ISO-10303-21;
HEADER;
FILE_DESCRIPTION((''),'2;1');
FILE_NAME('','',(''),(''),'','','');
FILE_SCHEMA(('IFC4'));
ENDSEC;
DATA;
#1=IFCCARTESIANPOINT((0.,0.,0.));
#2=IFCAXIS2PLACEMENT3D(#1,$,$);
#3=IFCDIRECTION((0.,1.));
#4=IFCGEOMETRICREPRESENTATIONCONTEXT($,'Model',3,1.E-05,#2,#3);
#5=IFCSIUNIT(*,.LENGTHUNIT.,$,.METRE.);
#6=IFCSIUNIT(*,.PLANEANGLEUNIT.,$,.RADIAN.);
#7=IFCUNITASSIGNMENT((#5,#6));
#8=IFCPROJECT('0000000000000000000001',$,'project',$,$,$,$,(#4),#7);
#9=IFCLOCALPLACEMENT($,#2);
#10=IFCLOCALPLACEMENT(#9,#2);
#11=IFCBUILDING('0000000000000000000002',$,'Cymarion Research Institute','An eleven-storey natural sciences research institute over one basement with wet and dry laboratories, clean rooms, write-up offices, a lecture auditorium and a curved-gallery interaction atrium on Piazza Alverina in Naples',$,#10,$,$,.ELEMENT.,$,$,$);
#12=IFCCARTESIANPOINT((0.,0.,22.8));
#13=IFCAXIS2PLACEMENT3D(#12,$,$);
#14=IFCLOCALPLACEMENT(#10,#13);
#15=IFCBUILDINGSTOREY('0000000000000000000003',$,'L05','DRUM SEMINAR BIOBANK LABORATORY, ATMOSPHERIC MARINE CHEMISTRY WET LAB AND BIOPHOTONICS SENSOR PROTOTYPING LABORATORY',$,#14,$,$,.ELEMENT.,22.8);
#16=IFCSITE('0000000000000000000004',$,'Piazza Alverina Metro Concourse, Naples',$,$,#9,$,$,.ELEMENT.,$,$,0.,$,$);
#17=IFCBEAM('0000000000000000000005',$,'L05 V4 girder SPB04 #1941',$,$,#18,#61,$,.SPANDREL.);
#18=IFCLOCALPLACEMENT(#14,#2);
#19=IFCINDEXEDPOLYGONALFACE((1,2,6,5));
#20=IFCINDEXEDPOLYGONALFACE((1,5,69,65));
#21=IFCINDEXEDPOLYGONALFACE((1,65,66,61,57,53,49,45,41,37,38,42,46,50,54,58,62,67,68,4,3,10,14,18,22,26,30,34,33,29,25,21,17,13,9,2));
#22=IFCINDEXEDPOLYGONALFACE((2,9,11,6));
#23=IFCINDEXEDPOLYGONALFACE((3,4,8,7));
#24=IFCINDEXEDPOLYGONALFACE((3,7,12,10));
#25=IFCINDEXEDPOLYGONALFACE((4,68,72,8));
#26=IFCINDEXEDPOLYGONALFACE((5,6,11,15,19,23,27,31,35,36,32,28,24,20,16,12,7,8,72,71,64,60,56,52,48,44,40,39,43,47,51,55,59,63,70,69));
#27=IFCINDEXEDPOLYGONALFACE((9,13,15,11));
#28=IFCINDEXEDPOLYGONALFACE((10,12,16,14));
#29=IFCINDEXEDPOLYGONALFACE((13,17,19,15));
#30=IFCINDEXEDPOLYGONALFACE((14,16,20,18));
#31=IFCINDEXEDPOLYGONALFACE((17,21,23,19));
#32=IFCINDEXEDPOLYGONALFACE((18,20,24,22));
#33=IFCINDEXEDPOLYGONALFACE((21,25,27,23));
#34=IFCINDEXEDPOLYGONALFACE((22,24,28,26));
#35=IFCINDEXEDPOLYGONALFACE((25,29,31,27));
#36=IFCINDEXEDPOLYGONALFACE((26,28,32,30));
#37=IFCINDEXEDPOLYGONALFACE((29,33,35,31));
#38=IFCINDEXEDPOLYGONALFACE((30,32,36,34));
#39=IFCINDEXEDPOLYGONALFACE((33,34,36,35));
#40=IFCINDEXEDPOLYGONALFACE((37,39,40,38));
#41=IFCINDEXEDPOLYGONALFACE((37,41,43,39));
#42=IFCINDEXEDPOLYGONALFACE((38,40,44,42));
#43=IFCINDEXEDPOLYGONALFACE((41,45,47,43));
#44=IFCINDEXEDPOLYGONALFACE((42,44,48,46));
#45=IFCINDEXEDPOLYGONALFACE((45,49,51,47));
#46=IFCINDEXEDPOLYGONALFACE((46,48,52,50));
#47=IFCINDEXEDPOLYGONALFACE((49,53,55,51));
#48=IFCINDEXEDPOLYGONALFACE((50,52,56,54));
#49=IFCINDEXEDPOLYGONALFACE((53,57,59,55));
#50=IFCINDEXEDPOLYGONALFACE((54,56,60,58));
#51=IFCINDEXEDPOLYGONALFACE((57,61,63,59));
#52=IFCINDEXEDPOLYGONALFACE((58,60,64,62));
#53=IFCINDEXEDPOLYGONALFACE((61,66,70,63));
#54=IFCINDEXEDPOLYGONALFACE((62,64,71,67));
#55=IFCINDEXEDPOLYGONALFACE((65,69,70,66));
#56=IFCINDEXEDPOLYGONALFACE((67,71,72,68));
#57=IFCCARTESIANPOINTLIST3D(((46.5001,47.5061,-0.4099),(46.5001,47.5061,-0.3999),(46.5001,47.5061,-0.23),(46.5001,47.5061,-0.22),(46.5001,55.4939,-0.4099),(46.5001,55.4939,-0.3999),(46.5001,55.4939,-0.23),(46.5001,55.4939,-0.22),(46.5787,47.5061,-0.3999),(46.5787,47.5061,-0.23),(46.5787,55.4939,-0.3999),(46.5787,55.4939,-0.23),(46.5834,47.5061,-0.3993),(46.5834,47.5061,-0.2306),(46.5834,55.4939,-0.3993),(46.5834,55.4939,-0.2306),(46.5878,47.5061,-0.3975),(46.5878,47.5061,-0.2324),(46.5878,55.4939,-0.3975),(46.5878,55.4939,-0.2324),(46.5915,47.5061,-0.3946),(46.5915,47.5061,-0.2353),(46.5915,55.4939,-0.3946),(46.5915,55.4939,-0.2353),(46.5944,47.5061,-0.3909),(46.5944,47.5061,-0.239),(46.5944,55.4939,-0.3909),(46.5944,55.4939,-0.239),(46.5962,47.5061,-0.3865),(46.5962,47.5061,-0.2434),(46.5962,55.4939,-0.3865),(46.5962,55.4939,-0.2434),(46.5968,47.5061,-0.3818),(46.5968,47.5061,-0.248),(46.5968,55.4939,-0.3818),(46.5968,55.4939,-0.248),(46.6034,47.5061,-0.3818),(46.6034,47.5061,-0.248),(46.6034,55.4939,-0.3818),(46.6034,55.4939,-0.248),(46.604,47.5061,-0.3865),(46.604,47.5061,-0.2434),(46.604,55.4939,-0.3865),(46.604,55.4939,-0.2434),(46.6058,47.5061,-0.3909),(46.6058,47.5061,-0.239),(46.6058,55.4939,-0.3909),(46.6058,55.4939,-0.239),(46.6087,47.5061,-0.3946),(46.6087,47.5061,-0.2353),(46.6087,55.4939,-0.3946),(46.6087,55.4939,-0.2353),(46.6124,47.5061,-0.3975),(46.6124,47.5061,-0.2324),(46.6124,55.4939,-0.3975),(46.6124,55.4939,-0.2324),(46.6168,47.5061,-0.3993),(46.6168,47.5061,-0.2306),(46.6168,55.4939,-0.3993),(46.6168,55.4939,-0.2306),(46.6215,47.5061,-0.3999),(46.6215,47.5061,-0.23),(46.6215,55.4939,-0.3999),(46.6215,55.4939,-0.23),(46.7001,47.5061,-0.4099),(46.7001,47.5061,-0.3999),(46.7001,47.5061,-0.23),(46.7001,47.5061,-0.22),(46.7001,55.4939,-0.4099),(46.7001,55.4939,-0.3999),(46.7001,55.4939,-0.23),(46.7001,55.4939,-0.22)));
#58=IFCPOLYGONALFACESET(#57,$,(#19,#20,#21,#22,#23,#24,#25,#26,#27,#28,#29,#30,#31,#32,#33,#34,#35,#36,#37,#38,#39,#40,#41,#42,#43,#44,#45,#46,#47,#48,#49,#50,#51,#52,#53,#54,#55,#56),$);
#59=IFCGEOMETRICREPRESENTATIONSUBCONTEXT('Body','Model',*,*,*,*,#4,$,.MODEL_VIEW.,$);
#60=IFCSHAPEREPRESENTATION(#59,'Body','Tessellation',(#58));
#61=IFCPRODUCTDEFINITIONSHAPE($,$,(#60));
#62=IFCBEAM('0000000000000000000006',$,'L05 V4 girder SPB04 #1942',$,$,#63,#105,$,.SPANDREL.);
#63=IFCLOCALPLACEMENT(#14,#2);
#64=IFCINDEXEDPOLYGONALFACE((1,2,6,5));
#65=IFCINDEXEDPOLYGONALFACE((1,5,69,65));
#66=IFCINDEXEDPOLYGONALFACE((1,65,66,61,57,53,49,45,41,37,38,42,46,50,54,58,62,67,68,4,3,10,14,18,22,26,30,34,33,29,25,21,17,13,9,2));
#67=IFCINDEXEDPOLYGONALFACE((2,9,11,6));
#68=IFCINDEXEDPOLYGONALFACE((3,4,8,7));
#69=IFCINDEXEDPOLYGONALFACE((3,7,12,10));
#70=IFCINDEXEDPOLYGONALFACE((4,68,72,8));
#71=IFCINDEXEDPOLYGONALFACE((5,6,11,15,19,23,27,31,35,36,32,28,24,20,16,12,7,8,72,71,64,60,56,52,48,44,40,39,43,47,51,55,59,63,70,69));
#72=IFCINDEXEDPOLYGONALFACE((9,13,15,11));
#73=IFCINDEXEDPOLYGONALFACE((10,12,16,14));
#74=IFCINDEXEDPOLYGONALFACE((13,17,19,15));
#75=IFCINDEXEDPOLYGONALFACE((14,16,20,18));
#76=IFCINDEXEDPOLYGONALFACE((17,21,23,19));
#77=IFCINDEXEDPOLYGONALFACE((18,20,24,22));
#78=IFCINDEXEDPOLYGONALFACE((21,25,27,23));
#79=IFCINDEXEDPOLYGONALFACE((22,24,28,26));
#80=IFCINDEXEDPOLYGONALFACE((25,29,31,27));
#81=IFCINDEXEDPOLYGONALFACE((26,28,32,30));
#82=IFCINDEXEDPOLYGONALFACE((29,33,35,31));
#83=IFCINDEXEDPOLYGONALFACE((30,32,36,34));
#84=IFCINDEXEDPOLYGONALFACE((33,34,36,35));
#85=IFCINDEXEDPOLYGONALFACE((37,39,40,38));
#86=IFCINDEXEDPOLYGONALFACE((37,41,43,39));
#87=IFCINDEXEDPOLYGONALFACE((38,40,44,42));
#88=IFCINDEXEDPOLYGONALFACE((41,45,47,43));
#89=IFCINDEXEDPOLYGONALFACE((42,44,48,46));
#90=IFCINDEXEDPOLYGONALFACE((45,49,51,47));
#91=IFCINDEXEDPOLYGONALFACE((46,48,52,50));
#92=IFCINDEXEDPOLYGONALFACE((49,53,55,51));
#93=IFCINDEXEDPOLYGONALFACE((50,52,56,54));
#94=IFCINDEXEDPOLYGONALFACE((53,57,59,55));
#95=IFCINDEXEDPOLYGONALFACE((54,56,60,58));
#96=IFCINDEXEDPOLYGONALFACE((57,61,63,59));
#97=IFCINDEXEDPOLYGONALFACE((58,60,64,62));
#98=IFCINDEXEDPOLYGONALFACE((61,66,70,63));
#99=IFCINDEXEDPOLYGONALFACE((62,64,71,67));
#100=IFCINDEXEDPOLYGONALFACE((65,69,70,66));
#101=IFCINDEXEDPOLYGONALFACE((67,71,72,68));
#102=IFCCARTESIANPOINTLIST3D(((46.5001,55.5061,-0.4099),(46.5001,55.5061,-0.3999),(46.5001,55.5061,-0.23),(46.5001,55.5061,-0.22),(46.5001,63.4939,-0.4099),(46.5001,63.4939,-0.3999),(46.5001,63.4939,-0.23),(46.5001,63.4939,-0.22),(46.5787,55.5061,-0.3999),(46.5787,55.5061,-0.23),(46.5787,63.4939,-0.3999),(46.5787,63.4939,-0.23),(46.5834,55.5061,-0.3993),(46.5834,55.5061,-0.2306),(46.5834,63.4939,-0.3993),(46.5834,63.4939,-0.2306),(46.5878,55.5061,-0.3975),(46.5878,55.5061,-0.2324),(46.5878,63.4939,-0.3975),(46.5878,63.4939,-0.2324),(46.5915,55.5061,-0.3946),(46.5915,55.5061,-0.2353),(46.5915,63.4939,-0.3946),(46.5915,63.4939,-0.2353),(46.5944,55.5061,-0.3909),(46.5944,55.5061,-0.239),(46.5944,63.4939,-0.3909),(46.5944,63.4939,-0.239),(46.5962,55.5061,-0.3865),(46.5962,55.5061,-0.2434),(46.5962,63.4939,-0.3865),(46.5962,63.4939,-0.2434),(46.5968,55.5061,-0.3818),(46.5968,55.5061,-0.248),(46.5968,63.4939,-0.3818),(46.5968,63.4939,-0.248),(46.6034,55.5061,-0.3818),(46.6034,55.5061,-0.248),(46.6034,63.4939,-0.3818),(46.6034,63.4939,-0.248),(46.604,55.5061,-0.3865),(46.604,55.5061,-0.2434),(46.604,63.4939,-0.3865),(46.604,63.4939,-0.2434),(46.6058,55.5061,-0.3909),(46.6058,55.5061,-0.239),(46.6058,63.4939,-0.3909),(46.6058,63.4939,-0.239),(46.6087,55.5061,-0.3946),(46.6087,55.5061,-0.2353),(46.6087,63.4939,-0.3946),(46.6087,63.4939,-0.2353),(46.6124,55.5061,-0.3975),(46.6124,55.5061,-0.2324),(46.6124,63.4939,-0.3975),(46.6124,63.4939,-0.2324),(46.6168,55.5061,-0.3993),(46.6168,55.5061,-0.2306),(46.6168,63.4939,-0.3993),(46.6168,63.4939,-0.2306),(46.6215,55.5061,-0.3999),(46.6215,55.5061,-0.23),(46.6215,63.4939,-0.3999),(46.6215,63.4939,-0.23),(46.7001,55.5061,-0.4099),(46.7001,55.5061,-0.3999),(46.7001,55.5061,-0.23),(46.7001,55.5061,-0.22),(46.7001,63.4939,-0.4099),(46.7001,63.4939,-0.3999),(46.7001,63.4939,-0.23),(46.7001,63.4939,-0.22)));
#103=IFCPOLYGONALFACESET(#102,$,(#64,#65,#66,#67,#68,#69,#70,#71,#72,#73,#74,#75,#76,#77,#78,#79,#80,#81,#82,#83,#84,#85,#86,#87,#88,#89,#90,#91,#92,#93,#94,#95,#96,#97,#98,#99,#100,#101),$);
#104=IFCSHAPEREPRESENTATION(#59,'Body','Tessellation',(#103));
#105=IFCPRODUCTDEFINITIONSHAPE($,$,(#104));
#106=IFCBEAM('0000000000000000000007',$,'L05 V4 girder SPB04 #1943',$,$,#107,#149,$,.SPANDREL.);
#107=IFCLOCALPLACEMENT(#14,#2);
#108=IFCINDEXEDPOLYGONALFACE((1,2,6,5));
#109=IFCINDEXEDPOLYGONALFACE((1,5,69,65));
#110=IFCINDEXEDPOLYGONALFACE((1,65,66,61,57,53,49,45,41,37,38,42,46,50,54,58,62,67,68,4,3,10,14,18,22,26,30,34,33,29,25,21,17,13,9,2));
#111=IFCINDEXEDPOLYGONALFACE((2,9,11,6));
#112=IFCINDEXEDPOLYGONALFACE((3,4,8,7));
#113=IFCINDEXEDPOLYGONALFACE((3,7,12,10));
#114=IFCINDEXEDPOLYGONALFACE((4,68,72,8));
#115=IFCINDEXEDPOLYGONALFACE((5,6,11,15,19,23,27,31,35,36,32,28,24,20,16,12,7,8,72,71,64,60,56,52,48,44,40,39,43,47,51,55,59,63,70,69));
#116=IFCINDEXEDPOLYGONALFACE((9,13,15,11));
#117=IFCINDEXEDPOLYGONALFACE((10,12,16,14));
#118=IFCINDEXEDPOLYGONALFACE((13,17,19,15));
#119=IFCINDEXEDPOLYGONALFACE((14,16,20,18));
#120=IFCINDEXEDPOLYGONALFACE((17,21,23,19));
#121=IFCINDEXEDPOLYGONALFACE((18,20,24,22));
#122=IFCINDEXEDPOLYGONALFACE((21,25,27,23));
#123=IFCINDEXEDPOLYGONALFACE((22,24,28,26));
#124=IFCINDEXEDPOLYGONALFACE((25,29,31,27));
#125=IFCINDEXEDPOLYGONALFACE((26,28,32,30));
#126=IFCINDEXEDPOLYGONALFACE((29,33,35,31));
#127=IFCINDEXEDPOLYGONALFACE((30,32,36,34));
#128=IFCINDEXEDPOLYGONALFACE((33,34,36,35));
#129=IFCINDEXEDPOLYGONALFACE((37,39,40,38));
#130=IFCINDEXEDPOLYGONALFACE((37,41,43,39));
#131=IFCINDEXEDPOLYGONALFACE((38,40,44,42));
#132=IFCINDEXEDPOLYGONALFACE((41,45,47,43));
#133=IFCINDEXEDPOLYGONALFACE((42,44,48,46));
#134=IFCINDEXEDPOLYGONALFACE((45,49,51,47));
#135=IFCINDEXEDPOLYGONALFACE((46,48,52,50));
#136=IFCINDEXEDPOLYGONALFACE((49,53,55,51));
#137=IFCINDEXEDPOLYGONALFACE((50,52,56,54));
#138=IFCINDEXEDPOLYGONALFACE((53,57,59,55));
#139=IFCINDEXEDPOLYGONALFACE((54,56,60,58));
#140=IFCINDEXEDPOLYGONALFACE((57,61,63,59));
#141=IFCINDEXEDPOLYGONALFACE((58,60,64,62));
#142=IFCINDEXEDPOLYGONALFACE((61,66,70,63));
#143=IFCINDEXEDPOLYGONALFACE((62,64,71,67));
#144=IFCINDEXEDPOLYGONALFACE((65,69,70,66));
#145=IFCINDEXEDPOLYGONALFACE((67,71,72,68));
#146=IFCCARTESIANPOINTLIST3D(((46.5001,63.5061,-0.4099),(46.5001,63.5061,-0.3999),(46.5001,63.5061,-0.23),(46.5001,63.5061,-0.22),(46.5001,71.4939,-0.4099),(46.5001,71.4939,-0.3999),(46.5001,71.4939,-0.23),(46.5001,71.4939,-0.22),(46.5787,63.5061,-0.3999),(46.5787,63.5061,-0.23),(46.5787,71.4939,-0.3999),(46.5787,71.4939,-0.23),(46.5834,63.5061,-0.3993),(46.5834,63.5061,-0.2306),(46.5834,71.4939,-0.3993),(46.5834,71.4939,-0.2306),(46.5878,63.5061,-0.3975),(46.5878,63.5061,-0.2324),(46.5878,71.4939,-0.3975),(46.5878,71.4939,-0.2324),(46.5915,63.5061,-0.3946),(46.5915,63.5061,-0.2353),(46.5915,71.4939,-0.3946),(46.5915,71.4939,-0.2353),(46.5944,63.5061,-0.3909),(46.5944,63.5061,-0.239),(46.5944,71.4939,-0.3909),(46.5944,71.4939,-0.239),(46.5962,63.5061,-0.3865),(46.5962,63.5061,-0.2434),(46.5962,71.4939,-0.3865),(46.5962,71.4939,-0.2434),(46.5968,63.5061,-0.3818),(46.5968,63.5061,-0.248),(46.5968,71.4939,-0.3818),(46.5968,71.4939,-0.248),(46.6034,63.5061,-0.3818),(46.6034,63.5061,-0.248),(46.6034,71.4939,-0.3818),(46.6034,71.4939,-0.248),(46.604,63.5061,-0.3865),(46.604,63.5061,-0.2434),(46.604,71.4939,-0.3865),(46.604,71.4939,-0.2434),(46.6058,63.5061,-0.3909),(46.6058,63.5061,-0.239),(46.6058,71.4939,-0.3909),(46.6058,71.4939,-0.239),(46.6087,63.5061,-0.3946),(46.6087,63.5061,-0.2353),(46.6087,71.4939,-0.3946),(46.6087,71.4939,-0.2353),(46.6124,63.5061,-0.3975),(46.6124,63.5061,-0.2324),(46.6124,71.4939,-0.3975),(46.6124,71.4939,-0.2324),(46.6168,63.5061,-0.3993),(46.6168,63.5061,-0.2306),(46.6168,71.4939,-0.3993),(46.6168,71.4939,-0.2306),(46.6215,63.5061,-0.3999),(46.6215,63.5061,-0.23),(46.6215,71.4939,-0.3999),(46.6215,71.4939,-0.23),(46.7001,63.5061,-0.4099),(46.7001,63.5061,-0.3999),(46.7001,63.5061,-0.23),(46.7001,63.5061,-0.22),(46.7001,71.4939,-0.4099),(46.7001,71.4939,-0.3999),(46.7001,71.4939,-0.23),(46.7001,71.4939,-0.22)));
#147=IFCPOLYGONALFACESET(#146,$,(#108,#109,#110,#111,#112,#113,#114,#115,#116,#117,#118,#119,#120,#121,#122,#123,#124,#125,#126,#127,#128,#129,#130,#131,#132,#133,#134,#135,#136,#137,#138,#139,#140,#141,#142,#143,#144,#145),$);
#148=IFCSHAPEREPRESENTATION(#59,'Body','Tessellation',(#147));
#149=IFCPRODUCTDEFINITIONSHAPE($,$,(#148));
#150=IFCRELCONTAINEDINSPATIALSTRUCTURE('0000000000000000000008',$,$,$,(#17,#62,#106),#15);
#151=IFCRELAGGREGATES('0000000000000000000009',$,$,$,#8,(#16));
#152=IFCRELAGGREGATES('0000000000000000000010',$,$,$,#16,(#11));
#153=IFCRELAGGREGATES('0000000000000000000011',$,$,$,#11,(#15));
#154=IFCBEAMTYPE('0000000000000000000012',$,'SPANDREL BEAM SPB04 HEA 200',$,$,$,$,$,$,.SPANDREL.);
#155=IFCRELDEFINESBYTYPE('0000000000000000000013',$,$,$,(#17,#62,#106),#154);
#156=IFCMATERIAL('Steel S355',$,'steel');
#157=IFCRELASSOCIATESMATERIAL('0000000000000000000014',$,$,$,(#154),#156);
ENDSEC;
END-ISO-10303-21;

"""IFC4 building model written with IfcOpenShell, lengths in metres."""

from ifc_helpers import new_model, si_unit, direction, frame, origin, origin_2d, place, context, subcontext, project, spatial, i_section, extrude, material, material_profile, profile_set, type_object, element, save


model = new_model("IFC4")

# Units and contexts
model_context = context("Model", 3, precision=1e-05, world=origin(), true_north=direction((0.0, 1.0)))
body_context = subcontext(model_context, "Body", "Model", "MODEL_VIEW")
ifc_project = project(units=[si_unit("LENGTHUNIT", "METRE"), si_unit("PLANEANGLEUNIT", "RADIAN")], contexts=[model_context])

# Site, building, storey
site_placement = place(None, origin())
site = spatial("IfcSite", under=ifc_project, at=site_placement, Name="Piazza Alverina Metro Concourse, Naples", CompositionType="ELEMENT", RefElevation=0.0)
building_placement = place(site_placement, origin())
building = spatial("IfcBuilding", under=site, at=building_placement, Name="Cymarion Research Institute", Description="An eleven-storey natural sciences research institute over one basement with wet and dry laboratories, clean rooms, write-up offices, a lecture auditorium and a curved-gallery interaction atrium on Piazza Alverina in Naples", CompositionType="ELEMENT")
storey_placement = place(building_placement, frame((0.0, 0.0, 22.8)))
storey = spatial("IfcBuildingStorey", under=building, at=storey_placement, Name="L05", Description="DRUM SEMINAR BIOBANK LABORATORY, ATMOSPHERIC MARINE CHEMISTRY WET LAB AND BIOPHOTONICS SENSOR PROTOTYPING LABORATORY", CompositionType="ELEMENT", Elevation=22.8)

# Beams
ifc_material_1 = material(Name="Steel S355", Category="steel")
ifc_material_profile = material_profile(ifc_material_1, i_section(OverallWidth=0.2, OverallDepth=0.1899, WebThickness=0.0066, FlangeThickness=0.01, FilletRadius=0.0181, at=origin_2d()), Name="HEA 200")
ifc_profile_set = profile_set([ifc_material_profile], Name="Steel S355")
beam_type = type_object("IfcBeamType", Name="SPANDREL BEAM SPB04 HEA 200", PredefinedType="SPANDREL", material=ifc_profile_set)
for number, where, z_axis, x_axis, name in (
    (1, (46.6001, 47.5061, -0.3149), (0.0, 1.0, 0.0), (-1.0, 0.0, 0.0), "L05 V4 girder SPB04 #1941"),
    (2, (46.6001, 55.5061, -0.3149), (0.0, 1.0, 0.0), (-1.0, 0.0, 0.0), "L05 V4 girder SPB04 #1942"),
    (3, (46.6001, 63.5061, -0.3149), (0.0, 1.0, 0.0), (-1.0, 0.0, 0.0), "L05 V4 girder SPB04 #1943"),
):
    element("IfcBeam", number, at=place(storey_placement, frame(where, z_axis=z_axis, x_axis=x_axis)), inside=storey, type_object=beam_type, Name=name, PredefinedType="SPANDREL", context=body_context, shape_type="SweptSolid", body=[
        extrude(i_section(OverallWidth=0.2, OverallDepth=0.1899, WebThickness=0.0066, FlangeThickness=0.01, FilletRadius=0.0181, at=origin_2d()), origin(), (0.0, 0.0, 1.0), 7.9878),
    ])

save(model, "model.ifc")
